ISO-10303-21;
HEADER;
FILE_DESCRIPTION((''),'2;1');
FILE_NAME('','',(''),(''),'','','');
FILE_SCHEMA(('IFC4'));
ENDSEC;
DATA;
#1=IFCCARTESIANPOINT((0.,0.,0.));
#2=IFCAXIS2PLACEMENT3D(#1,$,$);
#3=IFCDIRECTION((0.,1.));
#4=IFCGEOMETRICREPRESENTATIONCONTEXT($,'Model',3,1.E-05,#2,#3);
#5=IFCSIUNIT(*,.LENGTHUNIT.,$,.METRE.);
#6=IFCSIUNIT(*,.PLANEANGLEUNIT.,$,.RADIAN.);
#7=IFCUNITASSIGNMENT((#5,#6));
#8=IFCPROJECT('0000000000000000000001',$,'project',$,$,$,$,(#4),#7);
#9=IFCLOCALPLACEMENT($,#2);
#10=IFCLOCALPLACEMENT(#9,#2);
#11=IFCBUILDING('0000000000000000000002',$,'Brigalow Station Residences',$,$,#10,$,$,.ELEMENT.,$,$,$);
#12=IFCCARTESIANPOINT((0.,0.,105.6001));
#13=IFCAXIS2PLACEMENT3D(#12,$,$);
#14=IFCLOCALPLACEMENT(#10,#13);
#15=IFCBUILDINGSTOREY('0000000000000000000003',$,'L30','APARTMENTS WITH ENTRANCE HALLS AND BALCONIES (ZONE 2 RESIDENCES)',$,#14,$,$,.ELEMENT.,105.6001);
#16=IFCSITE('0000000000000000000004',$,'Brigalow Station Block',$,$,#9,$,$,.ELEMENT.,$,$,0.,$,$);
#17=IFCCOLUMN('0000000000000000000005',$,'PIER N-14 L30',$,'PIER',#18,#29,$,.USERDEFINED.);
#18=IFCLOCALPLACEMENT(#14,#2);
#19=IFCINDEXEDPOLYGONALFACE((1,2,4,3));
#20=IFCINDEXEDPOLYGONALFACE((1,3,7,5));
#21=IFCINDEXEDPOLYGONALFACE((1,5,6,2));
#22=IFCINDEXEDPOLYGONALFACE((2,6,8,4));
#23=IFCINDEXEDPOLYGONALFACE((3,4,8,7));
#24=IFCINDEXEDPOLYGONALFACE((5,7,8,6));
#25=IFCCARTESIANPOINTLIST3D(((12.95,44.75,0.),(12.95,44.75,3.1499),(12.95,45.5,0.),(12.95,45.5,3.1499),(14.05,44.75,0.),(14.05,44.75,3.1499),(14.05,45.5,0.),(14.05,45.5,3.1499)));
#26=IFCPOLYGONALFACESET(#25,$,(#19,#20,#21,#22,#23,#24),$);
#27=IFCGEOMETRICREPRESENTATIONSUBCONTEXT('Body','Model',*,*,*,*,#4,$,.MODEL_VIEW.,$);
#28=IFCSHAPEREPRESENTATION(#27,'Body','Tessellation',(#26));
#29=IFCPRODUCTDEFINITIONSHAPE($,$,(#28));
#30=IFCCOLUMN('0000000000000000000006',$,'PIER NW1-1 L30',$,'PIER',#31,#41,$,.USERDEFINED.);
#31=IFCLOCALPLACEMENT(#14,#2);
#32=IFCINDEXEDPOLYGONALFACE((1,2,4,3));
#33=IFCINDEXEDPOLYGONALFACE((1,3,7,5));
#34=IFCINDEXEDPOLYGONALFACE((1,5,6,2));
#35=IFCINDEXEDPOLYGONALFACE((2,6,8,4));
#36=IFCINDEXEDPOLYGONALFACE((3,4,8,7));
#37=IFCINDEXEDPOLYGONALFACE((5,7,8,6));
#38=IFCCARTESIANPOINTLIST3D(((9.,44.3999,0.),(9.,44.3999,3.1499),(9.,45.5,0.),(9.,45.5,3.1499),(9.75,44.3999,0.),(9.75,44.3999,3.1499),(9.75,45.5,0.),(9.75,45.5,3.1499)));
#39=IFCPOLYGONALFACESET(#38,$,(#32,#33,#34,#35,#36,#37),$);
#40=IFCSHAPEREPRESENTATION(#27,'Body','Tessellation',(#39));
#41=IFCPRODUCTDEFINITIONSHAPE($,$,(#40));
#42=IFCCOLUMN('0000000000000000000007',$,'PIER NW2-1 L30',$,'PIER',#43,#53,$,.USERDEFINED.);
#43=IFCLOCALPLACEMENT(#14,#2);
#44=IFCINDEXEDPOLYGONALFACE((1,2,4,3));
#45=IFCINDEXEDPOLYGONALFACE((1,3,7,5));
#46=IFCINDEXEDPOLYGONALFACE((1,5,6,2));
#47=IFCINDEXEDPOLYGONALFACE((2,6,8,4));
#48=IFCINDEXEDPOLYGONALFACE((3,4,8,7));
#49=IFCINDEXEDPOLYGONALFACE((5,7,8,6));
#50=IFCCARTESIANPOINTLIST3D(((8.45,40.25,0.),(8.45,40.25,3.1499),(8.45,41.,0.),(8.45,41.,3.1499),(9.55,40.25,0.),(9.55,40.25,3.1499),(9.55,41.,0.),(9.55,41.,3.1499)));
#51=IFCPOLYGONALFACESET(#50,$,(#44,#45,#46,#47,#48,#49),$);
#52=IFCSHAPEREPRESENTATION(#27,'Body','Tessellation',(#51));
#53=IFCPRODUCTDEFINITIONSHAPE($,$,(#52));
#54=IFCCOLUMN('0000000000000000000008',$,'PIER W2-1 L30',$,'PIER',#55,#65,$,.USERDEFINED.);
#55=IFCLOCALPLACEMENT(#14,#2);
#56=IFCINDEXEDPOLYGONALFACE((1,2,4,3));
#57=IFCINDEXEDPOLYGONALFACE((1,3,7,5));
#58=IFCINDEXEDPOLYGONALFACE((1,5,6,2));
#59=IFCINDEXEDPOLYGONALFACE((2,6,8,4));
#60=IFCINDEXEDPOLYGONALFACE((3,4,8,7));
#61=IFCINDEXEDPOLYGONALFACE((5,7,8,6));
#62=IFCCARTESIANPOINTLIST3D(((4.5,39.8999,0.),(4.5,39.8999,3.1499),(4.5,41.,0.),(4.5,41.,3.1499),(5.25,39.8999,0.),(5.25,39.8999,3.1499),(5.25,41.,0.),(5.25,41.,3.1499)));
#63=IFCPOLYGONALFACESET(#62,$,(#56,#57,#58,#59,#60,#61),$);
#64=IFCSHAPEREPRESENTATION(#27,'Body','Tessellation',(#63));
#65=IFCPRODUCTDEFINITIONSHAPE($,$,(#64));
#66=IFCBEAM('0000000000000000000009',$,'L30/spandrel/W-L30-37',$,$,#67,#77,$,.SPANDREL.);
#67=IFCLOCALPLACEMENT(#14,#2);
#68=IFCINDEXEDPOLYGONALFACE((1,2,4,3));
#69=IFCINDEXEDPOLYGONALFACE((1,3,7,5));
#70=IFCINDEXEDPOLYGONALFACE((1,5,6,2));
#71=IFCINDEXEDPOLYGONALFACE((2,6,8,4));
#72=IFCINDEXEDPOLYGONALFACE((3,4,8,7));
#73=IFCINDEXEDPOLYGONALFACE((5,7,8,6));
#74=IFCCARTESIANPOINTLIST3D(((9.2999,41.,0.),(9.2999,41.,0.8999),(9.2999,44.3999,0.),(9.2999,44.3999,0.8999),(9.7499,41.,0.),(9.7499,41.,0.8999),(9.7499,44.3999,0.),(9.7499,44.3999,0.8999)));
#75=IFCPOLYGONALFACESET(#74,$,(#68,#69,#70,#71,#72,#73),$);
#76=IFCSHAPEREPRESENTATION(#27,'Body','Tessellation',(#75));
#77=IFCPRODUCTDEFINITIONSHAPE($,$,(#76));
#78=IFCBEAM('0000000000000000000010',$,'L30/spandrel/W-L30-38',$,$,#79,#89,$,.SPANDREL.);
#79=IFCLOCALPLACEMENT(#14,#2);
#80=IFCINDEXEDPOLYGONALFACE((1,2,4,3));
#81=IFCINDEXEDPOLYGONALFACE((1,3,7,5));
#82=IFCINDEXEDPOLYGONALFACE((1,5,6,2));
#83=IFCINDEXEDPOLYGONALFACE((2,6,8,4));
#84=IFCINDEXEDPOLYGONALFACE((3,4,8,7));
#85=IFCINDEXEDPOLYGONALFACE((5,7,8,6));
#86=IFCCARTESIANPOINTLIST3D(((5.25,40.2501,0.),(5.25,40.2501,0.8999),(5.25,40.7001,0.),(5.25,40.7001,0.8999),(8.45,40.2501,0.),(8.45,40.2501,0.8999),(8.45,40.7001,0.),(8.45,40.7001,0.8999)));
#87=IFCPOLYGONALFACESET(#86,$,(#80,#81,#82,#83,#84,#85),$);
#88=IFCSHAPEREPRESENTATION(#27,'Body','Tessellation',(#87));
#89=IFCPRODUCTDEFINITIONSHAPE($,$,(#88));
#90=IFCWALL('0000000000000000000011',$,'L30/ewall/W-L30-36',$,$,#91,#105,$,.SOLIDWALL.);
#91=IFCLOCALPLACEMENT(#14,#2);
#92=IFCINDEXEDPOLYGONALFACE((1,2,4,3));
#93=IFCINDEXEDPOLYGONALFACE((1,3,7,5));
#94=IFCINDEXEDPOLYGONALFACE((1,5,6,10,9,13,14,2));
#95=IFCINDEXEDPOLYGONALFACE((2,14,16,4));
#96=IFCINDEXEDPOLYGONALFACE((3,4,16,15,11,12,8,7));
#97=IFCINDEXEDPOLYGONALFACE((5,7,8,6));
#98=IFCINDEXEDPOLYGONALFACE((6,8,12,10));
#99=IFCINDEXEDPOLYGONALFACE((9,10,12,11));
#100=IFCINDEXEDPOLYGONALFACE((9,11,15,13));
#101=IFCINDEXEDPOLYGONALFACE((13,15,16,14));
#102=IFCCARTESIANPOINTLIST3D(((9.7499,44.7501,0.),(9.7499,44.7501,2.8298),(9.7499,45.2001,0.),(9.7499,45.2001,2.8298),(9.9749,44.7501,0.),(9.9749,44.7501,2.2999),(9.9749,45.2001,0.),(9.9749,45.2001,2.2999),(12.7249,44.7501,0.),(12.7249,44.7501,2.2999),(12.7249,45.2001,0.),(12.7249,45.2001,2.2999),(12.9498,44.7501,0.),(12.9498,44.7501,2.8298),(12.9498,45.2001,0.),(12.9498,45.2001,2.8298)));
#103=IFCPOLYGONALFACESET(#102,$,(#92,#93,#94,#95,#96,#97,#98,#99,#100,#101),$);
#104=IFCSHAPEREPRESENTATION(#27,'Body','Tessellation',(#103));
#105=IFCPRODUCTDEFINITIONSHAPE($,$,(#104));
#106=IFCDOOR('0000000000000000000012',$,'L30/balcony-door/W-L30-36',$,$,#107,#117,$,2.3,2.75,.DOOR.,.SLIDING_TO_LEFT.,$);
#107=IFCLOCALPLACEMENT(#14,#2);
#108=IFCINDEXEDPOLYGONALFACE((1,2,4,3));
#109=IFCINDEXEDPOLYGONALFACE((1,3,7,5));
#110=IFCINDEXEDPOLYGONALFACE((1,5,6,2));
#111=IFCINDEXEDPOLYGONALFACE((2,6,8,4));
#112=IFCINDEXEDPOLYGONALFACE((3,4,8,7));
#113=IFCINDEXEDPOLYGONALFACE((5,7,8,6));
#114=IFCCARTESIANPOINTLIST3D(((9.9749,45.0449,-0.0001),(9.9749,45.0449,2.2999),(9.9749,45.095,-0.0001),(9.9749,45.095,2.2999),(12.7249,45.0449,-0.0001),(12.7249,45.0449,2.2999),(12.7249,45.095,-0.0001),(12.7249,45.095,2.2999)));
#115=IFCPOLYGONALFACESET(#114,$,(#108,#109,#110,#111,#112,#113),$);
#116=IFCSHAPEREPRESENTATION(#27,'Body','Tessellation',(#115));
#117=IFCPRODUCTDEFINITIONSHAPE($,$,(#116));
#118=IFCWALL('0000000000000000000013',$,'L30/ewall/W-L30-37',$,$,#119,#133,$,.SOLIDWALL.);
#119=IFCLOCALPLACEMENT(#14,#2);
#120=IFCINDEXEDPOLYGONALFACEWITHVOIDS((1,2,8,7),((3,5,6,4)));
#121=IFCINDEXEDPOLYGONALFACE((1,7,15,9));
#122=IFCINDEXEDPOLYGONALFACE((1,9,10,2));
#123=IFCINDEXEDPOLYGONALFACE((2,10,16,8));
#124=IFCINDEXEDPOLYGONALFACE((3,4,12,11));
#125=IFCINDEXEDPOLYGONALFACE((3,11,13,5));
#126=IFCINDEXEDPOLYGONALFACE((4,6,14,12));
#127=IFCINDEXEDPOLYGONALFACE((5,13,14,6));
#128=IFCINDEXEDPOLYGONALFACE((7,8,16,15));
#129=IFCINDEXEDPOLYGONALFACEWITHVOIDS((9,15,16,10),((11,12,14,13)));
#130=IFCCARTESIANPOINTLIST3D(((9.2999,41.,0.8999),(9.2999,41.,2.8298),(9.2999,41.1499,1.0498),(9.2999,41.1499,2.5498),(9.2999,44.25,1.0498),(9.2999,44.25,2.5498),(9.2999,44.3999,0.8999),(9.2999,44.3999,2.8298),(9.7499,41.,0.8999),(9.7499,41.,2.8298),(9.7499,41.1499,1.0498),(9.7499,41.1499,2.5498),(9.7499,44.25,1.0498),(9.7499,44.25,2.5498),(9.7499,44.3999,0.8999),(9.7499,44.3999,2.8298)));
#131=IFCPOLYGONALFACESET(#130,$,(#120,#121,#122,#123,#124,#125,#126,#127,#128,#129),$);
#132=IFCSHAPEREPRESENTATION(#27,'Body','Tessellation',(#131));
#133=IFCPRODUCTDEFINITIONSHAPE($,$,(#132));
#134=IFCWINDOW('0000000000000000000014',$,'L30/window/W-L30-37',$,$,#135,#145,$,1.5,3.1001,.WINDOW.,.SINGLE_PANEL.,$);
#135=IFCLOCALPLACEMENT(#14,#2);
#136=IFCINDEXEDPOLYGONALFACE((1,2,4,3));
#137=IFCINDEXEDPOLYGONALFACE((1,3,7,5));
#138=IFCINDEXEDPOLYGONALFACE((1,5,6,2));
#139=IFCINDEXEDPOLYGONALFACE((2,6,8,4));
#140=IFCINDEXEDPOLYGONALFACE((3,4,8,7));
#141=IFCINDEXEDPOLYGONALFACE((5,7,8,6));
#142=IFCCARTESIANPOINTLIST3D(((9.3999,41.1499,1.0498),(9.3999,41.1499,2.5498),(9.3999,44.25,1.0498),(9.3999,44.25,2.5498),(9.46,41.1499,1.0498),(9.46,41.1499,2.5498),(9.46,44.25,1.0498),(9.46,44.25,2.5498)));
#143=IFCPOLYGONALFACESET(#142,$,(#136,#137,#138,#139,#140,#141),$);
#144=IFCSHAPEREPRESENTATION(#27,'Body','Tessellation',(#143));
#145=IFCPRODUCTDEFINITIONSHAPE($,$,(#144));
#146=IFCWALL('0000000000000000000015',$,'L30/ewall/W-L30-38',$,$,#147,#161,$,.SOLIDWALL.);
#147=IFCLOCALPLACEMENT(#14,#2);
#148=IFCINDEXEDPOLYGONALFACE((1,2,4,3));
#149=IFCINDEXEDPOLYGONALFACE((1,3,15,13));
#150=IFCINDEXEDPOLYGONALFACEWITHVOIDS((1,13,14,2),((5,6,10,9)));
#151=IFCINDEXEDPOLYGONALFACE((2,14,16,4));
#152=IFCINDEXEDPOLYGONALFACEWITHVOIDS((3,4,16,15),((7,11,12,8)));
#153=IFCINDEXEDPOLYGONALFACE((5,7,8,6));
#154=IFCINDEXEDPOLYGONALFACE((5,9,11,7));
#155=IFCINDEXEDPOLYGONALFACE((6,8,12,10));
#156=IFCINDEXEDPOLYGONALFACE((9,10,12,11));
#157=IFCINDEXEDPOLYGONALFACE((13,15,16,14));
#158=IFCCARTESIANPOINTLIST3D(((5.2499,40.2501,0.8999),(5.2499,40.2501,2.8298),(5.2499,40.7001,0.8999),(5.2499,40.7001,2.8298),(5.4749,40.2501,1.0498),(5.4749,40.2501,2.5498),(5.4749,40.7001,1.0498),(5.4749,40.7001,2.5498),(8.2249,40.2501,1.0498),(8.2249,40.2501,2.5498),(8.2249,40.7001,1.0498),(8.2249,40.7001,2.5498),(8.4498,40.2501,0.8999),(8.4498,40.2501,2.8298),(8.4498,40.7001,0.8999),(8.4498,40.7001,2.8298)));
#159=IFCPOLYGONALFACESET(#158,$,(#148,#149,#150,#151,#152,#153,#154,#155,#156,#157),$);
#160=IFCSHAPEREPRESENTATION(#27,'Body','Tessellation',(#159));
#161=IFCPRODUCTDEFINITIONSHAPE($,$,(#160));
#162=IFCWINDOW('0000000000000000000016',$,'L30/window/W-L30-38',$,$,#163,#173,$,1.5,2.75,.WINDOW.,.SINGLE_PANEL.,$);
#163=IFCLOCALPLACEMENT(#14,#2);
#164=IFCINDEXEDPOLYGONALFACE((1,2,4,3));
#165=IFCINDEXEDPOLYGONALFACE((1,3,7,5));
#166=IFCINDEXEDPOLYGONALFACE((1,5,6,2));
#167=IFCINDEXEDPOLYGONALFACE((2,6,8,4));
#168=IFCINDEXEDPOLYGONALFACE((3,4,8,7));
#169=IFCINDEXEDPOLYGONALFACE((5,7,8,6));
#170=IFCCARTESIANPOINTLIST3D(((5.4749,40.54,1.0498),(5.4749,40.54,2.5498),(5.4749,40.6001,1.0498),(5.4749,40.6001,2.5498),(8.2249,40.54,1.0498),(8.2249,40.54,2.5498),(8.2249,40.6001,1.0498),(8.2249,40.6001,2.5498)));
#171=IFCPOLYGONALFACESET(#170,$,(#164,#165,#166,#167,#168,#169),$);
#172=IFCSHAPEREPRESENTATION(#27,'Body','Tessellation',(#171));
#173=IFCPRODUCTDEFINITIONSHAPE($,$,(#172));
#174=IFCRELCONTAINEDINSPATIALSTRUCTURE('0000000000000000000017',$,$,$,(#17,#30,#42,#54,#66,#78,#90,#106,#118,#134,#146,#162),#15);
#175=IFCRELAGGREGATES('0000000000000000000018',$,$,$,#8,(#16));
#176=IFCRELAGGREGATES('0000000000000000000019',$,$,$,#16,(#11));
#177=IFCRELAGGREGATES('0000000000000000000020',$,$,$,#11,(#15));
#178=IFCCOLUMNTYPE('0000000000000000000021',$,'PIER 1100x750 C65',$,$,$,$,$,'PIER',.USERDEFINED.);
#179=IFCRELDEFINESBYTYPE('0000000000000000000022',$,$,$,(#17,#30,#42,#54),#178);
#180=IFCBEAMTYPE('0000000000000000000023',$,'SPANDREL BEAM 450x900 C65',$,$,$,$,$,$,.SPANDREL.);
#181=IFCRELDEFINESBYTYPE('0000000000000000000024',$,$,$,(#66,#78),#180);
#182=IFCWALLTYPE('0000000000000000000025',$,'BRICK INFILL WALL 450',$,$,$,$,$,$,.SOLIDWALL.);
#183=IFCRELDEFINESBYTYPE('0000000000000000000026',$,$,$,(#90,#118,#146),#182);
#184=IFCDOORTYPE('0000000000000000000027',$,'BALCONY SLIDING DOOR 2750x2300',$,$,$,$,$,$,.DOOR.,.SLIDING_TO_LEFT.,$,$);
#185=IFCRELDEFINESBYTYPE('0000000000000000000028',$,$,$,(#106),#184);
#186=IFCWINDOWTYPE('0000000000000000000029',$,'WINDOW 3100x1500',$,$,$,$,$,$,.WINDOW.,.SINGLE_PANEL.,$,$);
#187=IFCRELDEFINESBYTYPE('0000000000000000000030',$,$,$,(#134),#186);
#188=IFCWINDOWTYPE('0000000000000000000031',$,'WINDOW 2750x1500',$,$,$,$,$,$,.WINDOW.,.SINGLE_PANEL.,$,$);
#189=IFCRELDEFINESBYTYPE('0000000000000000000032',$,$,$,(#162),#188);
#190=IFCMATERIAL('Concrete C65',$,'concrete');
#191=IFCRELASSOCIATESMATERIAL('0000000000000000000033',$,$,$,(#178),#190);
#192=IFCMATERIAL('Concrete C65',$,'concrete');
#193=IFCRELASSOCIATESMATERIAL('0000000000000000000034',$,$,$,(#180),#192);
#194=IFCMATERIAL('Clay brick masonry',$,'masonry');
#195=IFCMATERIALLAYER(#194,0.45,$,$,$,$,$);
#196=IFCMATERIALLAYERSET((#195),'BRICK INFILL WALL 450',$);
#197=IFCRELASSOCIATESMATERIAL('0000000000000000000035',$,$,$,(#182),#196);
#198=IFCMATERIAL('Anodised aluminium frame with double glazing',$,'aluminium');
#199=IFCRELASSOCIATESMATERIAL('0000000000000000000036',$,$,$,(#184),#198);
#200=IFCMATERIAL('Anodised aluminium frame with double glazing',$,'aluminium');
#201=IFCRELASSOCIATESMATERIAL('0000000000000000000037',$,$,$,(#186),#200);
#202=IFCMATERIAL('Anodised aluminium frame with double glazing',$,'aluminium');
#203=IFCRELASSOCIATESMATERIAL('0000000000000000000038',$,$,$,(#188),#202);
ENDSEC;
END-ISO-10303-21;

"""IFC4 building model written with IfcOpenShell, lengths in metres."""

from ifc_helpers import new_model, si_unit, direction, frame, frame_2d, origin, origin_2d, place, context, subcontext, project, spatial, rectangle, extrude, material, layer, layer_set, material_profile, profile_set, type_object, element, fill, save


model = new_model("IFC4")

# Units and contexts
model_context = context("Model", 3, precision=1e-05, world=origin(), true_north=direction((0.0, 1.0)))
body_context = subcontext(model_context, "Body", "Model", "MODEL_VIEW")
ifc_project = project(units=[si_unit("LENGTHUNIT", "METRE"), si_unit("PLANEANGLEUNIT", "RADIAN")], contexts=[model_context])

# Site, building, storey
site_placement = place(None, origin())
site = spatial("IfcSite", under=ifc_project, at=site_placement, Name="Brigalow Station Block", CompositionType="ELEMENT", RefElevation=0.0)
building_placement = place(site_placement, origin())
building = spatial("IfcBuilding", under=site, at=building_placement, Name="Brigalow Station Residences", CompositionType="ELEMENT")
storey_placement = place(building_placement, frame((0.0, 0.0, 105.6001)))
storey = spatial("IfcBuildingStorey", under=building, at=storey_placement, Name="L30", Description="APARTMENTS WITH ENTRANCE HALLS AND BALCONIES (ZONE 2 RESIDENCES)", CompositionType="ELEMENT", Elevation=105.6001)

# Columns
ifc_material_1 = material(Name="Concrete C65", Category="concrete")
ifc_material_profile_1 = material_profile(ifc_material_1, rectangle(XDim=1.1001, YDim=0.75, at=origin_2d()), Name="RC1100x750")
ifc_profile_set_1 = profile_set([ifc_material_profile_1], Name="Concrete C65")
column_type = type_object("IfcColumnType", Name="PIER 1100x750 C65", ElementType="PIER", PredefinedType="USERDEFINED", material=ifc_profile_set_1)
for number, where, z_axis, x_axis, name in (
    (1, (13.5, 45.125, 0.0), (0.0, 0.0, 1.0), (-1.0, 0.0, 0.0), "PIER N-14 L30"),
    (2, (9.375, 44.95, 0.0), (0.0, 0.0, 1.0), (0.0, -1.0, 0.0), "PIER NW1-1 L30"),
    (3, (9.0, 40.625, 0.0), (0.0, 0.0, 1.0), (-1.0, 0.0, 0.0), "PIER NW2-1 L30"),
    (4, (4.875, 40.45, 0.0), (0.0, 0.0, 1.0), (0.0, -1.0, 0.0), "PIER W2-1 L30"),
):
    element("IfcColumn", number, at=place(storey_placement, frame(where, z_axis=z_axis, x_axis=x_axis)), inside=storey, type_object=column_type, Name=name, ObjectType="PIER", PredefinedType="USERDEFINED", context=body_context, shape_type="SweptSolid", body=[
        extrude(rectangle(XDim=1.1001, YDim=0.75, at=origin_2d()), origin(), (0.0, 0.0, 1.0), 3.1499),
    ])

# Beams
ifc_material_2 = material(Name="Concrete C65", Category="concrete")
ifc_material_profile_2 = material_profile(ifc_material_2, rectangle(XDim=0.45, YDim=0.8999, at=origin_2d()), Name="RC450x900")
ifc_profile_set_2 = profile_set([ifc_material_profile_2], Name="Concrete C65")
beam_type = type_object("IfcBeamType", Name="SPANDREL BEAM 450x900 C65", PredefinedType="SPANDREL", material=ifc_profile_set_2)
beam_1_placement = place(storey_placement, frame((9.5249, 44.3999, 0.45), z_axis=(0.0, -1.0, 0.0), x_axis=(1.0, 0.0, 0.0)))
element("IfcBeam", 5, at=beam_1_placement, inside=storey, type_object=beam_type, Name="L30/spandrel/W-L30-37", PredefinedType="SPANDREL", context=body_context, shape_type="SweptSolid", body=[
    extrude(rectangle(XDim=0.45, YDim=0.8999, at=origin_2d()), origin(), (0.0, 0.0, 1.0), 3.3999),
])
beam_2_placement = place(storey_placement, frame((8.45, 40.4751, 0.45), z_axis=(-1.0, 0.0, 0.0), x_axis=(0.0, -1.0, 0.0)))
element("IfcBeam", 6, at=beam_2_placement, inside=storey, type_object=beam_type, Name="L30/spandrel/W-L30-38", PredefinedType="SPANDREL", context=body_context, shape_type="SweptSolid", body=[
    extrude(rectangle(XDim=0.45, YDim=0.8999, at=origin_2d()), origin(), (0.0, 0.0, 1.0), 3.2),
])

# Wall, opening, door
ifc_material_3 = material(Name="Clay brick masonry", Category="masonry")
ifc_layer_1 = layer(ifc_material_3, 0.45)
ifc_layer_set_1 = layer_set([ifc_layer_1], Name="BRICK INFILL WALL 450")
wall_type_1 = type_object("IfcWallType", Name="BRICK INFILL WALL 450", PredefinedType="SOLIDWALL", material=ifc_layer_set_1)
wall_1_placement = place(storey_placement, frame((12.95, 44.9751, 0.0), z_axis=(0.0, 0.0, 1.0), x_axis=(-1.0, 0.0, 0.0)))
wall_1 = element("IfcWall", 7, at=wall_1_placement, inside=storey, type_object=wall_type_1, Name="L30/ewall/W-L30-36", PredefinedType="SOLIDWALL", context=body_context, shape_type="SweptSolid", body=[
    extrude(rectangle(XDim=3.2, YDim=0.45, at=frame_2d((1.6001, 0.0))), origin(), (0.0, 0.0, 1.0), 2.8298),
])
opening_1_placement = place(wall_1_placement, frame((0.2251, 0.0, 0.0)))
opening_1 = element("IfcOpeningElement", 8, at=opening_1_placement, cuts=wall_1, PredefinedType="OPENING", context=body_context, shape_type="SweptSolid", body=[
    extrude(rectangle(XDim=2.75, YDim=2.3, at=frame_2d((1.375, 1.1499))), frame((0.0, 0.2349, 0.0), z_axis=(0.0, -1.0, 0.0), x_axis=(1.0, 0.0, 0.0)), (0.0, 0.0, 1.0), 0.47),
])
ifc_material_4 = material(Name="Anodised aluminium frame with double glazing", Category="aluminium")
door_type = type_object("IfcDoorType", Name="BALCONY SLIDING DOOR 2750x2300", OperationType="SLIDING_TO_LEFT", PredefinedType="DOOR", material=ifc_material_4)
door_placement = place(opening_1_placement, origin())
door = element("IfcDoor", 9, at=door_placement, inside=storey, type_object=door_type, Name="L30/balcony-door/W-L30-36", OperationType="SLIDING_TO_LEFT", OverallHeight=2.3, OverallWidth=2.75, PredefinedType="DOOR", context=body_context, shape_type="SweptSolid", body=[
    extrude(rectangle(XDim=2.75, YDim=2.3, at=frame_2d((1.375, 1.1499))), frame((0.0, -0.0698, 0.0), z_axis=(0.0, -1.0, 0.0), x_axis=(1.0, 0.0, 0.0)), (0.0, 0.0, 1.0), 0.05),
])
fill(opening_1, door)

# Walls, openings, windows
wall_2_placement = place(storey_placement, frame((9.5249, 44.3999, 0.8999), z_axis=(0.0, 0.0, 1.0), x_axis=(0.0, -1.0, 0.0)))
wall_2 = element("IfcWall", 10, at=wall_2_placement, inside=storey, type_object=wall_type_1, Name="L30/ewall/W-L30-37", PredefinedType="SOLIDWALL", context=body_context, shape_type="SweptSolid", body=[
    extrude(rectangle(XDim=3.3999, YDim=0.45, at=frame_2d((1.7, 0.0))), origin(), (0.0, 0.0, 1.0), 1.9299),
])
opening_2_placement = place(wall_2_placement, frame((0.1499, 0.0, 0.1499)))
opening_2 = element("IfcOpeningElement", 11, at=opening_2_placement, cuts=wall_2, PredefinedType="OPENING", context=body_context, shape_type="SweptSolid", body=[
    extrude(rectangle(XDim=3.1001, YDim=1.5, at=frame_2d((1.55, 0.75))), frame((0.0, 0.2349, 0.0), z_axis=(0.0, -1.0, 0.0), x_axis=(1.0, 0.0, 0.0)), (0.0, 0.0, 1.0), 0.47),
])
ifc_material_5 = material(Name="Anodised aluminium frame with double glazing", Category="aluminium")
window_type_1 = type_object("IfcWindowType", Name="WINDOW 3100x1500", PartitioningType="SINGLE_PANEL", PredefinedType="WINDOW", material=ifc_material_5)
window_1_placement = place(opening_2_placement, origin())
window_1 = element("IfcWindow", 12, at=window_1_placement, inside=storey, type_object=window_type_1, Name="L30/window/W-L30-37", OverallHeight=1.5, OverallWidth=3.1001, PartitioningType="SINGLE_PANEL", PredefinedType="WINDOW", context=body_context, shape_type="SweptSolid", body=[
    extrude(rectangle(XDim=3.1001, YDim=1.5, at=frame_2d((1.55, 0.75))), frame((0.0, -0.0649, 0.0), z_axis=(0.0, -1.0, 0.0), x_axis=(1.0, 0.0, 0.0)), (0.0, 0.0, 1.0), 0.0601),
])
fill(opening_2, window_1)
wall_3_placement = place(storey_placement, frame((8.45, 40.4751, 0.8999), z_axis=(0.0, 0.0, 1.0), x_axis=(-1.0, 0.0, 0.0)))
wall_3 = element("IfcWall", 13, at=wall_3_placement, inside=storey, type_object=wall_type_1, Name="L30/ewall/W-L30-38", PredefinedType="SOLIDWALL", context=body_context, shape_type="SweptSolid", body=[
    extrude(rectangle(XDim=3.2, YDim=0.45, at=frame_2d((1.6001, 0.0))), origin(), (0.0, 0.0, 1.0), 1.9299),
])
opening_3_placement = place(wall_3_placement, frame((0.2251, 0.0, 0.1499)))
opening_3 = element("IfcOpeningElement", 14, at=opening_3_placement, cuts=wall_3, PredefinedType="OPENING", context=body_context, shape_type="SweptSolid", body=[
    extrude(rectangle(XDim=2.75, YDim=1.5, at=frame_2d((1.375, 0.75))), frame((0.0, 0.2349, 0.0), z_axis=(0.0, -1.0, 0.0), x_axis=(1.0, 0.0, 0.0)), (0.0, 0.0, 1.0), 0.47),
])
ifc_material_6 = material(Name="Anodised aluminium frame with double glazing", Category="aluminium")
window_type_2 = type_object("IfcWindowType", Name="WINDOW 2750x1500", PartitioningType="SINGLE_PANEL", PredefinedType="WINDOW", material=ifc_material_6)
window_2_placement = place(opening_3_placement, origin())
window_2 = element("IfcWindow", 15, at=window_2_placement, inside=storey, type_object=window_type_2, Name="L30/window/W-L30-38", OverallHeight=1.5, OverallWidth=2.75, PartitioningType="SINGLE_PANEL", PredefinedType="WINDOW", context=body_context, shape_type="SweptSolid", body=[
    extrude(rectangle(XDim=2.75, YDim=1.5, at=frame_2d((1.375, 0.75))), frame((0.0, -0.0649, 0.0), z_axis=(0.0, -1.0, 0.0), x_axis=(1.0, 0.0, 0.0)), (0.0, 0.0, 1.0), 0.0601),
])
fill(opening_3, window_2)

save(model, "model.ifc")
